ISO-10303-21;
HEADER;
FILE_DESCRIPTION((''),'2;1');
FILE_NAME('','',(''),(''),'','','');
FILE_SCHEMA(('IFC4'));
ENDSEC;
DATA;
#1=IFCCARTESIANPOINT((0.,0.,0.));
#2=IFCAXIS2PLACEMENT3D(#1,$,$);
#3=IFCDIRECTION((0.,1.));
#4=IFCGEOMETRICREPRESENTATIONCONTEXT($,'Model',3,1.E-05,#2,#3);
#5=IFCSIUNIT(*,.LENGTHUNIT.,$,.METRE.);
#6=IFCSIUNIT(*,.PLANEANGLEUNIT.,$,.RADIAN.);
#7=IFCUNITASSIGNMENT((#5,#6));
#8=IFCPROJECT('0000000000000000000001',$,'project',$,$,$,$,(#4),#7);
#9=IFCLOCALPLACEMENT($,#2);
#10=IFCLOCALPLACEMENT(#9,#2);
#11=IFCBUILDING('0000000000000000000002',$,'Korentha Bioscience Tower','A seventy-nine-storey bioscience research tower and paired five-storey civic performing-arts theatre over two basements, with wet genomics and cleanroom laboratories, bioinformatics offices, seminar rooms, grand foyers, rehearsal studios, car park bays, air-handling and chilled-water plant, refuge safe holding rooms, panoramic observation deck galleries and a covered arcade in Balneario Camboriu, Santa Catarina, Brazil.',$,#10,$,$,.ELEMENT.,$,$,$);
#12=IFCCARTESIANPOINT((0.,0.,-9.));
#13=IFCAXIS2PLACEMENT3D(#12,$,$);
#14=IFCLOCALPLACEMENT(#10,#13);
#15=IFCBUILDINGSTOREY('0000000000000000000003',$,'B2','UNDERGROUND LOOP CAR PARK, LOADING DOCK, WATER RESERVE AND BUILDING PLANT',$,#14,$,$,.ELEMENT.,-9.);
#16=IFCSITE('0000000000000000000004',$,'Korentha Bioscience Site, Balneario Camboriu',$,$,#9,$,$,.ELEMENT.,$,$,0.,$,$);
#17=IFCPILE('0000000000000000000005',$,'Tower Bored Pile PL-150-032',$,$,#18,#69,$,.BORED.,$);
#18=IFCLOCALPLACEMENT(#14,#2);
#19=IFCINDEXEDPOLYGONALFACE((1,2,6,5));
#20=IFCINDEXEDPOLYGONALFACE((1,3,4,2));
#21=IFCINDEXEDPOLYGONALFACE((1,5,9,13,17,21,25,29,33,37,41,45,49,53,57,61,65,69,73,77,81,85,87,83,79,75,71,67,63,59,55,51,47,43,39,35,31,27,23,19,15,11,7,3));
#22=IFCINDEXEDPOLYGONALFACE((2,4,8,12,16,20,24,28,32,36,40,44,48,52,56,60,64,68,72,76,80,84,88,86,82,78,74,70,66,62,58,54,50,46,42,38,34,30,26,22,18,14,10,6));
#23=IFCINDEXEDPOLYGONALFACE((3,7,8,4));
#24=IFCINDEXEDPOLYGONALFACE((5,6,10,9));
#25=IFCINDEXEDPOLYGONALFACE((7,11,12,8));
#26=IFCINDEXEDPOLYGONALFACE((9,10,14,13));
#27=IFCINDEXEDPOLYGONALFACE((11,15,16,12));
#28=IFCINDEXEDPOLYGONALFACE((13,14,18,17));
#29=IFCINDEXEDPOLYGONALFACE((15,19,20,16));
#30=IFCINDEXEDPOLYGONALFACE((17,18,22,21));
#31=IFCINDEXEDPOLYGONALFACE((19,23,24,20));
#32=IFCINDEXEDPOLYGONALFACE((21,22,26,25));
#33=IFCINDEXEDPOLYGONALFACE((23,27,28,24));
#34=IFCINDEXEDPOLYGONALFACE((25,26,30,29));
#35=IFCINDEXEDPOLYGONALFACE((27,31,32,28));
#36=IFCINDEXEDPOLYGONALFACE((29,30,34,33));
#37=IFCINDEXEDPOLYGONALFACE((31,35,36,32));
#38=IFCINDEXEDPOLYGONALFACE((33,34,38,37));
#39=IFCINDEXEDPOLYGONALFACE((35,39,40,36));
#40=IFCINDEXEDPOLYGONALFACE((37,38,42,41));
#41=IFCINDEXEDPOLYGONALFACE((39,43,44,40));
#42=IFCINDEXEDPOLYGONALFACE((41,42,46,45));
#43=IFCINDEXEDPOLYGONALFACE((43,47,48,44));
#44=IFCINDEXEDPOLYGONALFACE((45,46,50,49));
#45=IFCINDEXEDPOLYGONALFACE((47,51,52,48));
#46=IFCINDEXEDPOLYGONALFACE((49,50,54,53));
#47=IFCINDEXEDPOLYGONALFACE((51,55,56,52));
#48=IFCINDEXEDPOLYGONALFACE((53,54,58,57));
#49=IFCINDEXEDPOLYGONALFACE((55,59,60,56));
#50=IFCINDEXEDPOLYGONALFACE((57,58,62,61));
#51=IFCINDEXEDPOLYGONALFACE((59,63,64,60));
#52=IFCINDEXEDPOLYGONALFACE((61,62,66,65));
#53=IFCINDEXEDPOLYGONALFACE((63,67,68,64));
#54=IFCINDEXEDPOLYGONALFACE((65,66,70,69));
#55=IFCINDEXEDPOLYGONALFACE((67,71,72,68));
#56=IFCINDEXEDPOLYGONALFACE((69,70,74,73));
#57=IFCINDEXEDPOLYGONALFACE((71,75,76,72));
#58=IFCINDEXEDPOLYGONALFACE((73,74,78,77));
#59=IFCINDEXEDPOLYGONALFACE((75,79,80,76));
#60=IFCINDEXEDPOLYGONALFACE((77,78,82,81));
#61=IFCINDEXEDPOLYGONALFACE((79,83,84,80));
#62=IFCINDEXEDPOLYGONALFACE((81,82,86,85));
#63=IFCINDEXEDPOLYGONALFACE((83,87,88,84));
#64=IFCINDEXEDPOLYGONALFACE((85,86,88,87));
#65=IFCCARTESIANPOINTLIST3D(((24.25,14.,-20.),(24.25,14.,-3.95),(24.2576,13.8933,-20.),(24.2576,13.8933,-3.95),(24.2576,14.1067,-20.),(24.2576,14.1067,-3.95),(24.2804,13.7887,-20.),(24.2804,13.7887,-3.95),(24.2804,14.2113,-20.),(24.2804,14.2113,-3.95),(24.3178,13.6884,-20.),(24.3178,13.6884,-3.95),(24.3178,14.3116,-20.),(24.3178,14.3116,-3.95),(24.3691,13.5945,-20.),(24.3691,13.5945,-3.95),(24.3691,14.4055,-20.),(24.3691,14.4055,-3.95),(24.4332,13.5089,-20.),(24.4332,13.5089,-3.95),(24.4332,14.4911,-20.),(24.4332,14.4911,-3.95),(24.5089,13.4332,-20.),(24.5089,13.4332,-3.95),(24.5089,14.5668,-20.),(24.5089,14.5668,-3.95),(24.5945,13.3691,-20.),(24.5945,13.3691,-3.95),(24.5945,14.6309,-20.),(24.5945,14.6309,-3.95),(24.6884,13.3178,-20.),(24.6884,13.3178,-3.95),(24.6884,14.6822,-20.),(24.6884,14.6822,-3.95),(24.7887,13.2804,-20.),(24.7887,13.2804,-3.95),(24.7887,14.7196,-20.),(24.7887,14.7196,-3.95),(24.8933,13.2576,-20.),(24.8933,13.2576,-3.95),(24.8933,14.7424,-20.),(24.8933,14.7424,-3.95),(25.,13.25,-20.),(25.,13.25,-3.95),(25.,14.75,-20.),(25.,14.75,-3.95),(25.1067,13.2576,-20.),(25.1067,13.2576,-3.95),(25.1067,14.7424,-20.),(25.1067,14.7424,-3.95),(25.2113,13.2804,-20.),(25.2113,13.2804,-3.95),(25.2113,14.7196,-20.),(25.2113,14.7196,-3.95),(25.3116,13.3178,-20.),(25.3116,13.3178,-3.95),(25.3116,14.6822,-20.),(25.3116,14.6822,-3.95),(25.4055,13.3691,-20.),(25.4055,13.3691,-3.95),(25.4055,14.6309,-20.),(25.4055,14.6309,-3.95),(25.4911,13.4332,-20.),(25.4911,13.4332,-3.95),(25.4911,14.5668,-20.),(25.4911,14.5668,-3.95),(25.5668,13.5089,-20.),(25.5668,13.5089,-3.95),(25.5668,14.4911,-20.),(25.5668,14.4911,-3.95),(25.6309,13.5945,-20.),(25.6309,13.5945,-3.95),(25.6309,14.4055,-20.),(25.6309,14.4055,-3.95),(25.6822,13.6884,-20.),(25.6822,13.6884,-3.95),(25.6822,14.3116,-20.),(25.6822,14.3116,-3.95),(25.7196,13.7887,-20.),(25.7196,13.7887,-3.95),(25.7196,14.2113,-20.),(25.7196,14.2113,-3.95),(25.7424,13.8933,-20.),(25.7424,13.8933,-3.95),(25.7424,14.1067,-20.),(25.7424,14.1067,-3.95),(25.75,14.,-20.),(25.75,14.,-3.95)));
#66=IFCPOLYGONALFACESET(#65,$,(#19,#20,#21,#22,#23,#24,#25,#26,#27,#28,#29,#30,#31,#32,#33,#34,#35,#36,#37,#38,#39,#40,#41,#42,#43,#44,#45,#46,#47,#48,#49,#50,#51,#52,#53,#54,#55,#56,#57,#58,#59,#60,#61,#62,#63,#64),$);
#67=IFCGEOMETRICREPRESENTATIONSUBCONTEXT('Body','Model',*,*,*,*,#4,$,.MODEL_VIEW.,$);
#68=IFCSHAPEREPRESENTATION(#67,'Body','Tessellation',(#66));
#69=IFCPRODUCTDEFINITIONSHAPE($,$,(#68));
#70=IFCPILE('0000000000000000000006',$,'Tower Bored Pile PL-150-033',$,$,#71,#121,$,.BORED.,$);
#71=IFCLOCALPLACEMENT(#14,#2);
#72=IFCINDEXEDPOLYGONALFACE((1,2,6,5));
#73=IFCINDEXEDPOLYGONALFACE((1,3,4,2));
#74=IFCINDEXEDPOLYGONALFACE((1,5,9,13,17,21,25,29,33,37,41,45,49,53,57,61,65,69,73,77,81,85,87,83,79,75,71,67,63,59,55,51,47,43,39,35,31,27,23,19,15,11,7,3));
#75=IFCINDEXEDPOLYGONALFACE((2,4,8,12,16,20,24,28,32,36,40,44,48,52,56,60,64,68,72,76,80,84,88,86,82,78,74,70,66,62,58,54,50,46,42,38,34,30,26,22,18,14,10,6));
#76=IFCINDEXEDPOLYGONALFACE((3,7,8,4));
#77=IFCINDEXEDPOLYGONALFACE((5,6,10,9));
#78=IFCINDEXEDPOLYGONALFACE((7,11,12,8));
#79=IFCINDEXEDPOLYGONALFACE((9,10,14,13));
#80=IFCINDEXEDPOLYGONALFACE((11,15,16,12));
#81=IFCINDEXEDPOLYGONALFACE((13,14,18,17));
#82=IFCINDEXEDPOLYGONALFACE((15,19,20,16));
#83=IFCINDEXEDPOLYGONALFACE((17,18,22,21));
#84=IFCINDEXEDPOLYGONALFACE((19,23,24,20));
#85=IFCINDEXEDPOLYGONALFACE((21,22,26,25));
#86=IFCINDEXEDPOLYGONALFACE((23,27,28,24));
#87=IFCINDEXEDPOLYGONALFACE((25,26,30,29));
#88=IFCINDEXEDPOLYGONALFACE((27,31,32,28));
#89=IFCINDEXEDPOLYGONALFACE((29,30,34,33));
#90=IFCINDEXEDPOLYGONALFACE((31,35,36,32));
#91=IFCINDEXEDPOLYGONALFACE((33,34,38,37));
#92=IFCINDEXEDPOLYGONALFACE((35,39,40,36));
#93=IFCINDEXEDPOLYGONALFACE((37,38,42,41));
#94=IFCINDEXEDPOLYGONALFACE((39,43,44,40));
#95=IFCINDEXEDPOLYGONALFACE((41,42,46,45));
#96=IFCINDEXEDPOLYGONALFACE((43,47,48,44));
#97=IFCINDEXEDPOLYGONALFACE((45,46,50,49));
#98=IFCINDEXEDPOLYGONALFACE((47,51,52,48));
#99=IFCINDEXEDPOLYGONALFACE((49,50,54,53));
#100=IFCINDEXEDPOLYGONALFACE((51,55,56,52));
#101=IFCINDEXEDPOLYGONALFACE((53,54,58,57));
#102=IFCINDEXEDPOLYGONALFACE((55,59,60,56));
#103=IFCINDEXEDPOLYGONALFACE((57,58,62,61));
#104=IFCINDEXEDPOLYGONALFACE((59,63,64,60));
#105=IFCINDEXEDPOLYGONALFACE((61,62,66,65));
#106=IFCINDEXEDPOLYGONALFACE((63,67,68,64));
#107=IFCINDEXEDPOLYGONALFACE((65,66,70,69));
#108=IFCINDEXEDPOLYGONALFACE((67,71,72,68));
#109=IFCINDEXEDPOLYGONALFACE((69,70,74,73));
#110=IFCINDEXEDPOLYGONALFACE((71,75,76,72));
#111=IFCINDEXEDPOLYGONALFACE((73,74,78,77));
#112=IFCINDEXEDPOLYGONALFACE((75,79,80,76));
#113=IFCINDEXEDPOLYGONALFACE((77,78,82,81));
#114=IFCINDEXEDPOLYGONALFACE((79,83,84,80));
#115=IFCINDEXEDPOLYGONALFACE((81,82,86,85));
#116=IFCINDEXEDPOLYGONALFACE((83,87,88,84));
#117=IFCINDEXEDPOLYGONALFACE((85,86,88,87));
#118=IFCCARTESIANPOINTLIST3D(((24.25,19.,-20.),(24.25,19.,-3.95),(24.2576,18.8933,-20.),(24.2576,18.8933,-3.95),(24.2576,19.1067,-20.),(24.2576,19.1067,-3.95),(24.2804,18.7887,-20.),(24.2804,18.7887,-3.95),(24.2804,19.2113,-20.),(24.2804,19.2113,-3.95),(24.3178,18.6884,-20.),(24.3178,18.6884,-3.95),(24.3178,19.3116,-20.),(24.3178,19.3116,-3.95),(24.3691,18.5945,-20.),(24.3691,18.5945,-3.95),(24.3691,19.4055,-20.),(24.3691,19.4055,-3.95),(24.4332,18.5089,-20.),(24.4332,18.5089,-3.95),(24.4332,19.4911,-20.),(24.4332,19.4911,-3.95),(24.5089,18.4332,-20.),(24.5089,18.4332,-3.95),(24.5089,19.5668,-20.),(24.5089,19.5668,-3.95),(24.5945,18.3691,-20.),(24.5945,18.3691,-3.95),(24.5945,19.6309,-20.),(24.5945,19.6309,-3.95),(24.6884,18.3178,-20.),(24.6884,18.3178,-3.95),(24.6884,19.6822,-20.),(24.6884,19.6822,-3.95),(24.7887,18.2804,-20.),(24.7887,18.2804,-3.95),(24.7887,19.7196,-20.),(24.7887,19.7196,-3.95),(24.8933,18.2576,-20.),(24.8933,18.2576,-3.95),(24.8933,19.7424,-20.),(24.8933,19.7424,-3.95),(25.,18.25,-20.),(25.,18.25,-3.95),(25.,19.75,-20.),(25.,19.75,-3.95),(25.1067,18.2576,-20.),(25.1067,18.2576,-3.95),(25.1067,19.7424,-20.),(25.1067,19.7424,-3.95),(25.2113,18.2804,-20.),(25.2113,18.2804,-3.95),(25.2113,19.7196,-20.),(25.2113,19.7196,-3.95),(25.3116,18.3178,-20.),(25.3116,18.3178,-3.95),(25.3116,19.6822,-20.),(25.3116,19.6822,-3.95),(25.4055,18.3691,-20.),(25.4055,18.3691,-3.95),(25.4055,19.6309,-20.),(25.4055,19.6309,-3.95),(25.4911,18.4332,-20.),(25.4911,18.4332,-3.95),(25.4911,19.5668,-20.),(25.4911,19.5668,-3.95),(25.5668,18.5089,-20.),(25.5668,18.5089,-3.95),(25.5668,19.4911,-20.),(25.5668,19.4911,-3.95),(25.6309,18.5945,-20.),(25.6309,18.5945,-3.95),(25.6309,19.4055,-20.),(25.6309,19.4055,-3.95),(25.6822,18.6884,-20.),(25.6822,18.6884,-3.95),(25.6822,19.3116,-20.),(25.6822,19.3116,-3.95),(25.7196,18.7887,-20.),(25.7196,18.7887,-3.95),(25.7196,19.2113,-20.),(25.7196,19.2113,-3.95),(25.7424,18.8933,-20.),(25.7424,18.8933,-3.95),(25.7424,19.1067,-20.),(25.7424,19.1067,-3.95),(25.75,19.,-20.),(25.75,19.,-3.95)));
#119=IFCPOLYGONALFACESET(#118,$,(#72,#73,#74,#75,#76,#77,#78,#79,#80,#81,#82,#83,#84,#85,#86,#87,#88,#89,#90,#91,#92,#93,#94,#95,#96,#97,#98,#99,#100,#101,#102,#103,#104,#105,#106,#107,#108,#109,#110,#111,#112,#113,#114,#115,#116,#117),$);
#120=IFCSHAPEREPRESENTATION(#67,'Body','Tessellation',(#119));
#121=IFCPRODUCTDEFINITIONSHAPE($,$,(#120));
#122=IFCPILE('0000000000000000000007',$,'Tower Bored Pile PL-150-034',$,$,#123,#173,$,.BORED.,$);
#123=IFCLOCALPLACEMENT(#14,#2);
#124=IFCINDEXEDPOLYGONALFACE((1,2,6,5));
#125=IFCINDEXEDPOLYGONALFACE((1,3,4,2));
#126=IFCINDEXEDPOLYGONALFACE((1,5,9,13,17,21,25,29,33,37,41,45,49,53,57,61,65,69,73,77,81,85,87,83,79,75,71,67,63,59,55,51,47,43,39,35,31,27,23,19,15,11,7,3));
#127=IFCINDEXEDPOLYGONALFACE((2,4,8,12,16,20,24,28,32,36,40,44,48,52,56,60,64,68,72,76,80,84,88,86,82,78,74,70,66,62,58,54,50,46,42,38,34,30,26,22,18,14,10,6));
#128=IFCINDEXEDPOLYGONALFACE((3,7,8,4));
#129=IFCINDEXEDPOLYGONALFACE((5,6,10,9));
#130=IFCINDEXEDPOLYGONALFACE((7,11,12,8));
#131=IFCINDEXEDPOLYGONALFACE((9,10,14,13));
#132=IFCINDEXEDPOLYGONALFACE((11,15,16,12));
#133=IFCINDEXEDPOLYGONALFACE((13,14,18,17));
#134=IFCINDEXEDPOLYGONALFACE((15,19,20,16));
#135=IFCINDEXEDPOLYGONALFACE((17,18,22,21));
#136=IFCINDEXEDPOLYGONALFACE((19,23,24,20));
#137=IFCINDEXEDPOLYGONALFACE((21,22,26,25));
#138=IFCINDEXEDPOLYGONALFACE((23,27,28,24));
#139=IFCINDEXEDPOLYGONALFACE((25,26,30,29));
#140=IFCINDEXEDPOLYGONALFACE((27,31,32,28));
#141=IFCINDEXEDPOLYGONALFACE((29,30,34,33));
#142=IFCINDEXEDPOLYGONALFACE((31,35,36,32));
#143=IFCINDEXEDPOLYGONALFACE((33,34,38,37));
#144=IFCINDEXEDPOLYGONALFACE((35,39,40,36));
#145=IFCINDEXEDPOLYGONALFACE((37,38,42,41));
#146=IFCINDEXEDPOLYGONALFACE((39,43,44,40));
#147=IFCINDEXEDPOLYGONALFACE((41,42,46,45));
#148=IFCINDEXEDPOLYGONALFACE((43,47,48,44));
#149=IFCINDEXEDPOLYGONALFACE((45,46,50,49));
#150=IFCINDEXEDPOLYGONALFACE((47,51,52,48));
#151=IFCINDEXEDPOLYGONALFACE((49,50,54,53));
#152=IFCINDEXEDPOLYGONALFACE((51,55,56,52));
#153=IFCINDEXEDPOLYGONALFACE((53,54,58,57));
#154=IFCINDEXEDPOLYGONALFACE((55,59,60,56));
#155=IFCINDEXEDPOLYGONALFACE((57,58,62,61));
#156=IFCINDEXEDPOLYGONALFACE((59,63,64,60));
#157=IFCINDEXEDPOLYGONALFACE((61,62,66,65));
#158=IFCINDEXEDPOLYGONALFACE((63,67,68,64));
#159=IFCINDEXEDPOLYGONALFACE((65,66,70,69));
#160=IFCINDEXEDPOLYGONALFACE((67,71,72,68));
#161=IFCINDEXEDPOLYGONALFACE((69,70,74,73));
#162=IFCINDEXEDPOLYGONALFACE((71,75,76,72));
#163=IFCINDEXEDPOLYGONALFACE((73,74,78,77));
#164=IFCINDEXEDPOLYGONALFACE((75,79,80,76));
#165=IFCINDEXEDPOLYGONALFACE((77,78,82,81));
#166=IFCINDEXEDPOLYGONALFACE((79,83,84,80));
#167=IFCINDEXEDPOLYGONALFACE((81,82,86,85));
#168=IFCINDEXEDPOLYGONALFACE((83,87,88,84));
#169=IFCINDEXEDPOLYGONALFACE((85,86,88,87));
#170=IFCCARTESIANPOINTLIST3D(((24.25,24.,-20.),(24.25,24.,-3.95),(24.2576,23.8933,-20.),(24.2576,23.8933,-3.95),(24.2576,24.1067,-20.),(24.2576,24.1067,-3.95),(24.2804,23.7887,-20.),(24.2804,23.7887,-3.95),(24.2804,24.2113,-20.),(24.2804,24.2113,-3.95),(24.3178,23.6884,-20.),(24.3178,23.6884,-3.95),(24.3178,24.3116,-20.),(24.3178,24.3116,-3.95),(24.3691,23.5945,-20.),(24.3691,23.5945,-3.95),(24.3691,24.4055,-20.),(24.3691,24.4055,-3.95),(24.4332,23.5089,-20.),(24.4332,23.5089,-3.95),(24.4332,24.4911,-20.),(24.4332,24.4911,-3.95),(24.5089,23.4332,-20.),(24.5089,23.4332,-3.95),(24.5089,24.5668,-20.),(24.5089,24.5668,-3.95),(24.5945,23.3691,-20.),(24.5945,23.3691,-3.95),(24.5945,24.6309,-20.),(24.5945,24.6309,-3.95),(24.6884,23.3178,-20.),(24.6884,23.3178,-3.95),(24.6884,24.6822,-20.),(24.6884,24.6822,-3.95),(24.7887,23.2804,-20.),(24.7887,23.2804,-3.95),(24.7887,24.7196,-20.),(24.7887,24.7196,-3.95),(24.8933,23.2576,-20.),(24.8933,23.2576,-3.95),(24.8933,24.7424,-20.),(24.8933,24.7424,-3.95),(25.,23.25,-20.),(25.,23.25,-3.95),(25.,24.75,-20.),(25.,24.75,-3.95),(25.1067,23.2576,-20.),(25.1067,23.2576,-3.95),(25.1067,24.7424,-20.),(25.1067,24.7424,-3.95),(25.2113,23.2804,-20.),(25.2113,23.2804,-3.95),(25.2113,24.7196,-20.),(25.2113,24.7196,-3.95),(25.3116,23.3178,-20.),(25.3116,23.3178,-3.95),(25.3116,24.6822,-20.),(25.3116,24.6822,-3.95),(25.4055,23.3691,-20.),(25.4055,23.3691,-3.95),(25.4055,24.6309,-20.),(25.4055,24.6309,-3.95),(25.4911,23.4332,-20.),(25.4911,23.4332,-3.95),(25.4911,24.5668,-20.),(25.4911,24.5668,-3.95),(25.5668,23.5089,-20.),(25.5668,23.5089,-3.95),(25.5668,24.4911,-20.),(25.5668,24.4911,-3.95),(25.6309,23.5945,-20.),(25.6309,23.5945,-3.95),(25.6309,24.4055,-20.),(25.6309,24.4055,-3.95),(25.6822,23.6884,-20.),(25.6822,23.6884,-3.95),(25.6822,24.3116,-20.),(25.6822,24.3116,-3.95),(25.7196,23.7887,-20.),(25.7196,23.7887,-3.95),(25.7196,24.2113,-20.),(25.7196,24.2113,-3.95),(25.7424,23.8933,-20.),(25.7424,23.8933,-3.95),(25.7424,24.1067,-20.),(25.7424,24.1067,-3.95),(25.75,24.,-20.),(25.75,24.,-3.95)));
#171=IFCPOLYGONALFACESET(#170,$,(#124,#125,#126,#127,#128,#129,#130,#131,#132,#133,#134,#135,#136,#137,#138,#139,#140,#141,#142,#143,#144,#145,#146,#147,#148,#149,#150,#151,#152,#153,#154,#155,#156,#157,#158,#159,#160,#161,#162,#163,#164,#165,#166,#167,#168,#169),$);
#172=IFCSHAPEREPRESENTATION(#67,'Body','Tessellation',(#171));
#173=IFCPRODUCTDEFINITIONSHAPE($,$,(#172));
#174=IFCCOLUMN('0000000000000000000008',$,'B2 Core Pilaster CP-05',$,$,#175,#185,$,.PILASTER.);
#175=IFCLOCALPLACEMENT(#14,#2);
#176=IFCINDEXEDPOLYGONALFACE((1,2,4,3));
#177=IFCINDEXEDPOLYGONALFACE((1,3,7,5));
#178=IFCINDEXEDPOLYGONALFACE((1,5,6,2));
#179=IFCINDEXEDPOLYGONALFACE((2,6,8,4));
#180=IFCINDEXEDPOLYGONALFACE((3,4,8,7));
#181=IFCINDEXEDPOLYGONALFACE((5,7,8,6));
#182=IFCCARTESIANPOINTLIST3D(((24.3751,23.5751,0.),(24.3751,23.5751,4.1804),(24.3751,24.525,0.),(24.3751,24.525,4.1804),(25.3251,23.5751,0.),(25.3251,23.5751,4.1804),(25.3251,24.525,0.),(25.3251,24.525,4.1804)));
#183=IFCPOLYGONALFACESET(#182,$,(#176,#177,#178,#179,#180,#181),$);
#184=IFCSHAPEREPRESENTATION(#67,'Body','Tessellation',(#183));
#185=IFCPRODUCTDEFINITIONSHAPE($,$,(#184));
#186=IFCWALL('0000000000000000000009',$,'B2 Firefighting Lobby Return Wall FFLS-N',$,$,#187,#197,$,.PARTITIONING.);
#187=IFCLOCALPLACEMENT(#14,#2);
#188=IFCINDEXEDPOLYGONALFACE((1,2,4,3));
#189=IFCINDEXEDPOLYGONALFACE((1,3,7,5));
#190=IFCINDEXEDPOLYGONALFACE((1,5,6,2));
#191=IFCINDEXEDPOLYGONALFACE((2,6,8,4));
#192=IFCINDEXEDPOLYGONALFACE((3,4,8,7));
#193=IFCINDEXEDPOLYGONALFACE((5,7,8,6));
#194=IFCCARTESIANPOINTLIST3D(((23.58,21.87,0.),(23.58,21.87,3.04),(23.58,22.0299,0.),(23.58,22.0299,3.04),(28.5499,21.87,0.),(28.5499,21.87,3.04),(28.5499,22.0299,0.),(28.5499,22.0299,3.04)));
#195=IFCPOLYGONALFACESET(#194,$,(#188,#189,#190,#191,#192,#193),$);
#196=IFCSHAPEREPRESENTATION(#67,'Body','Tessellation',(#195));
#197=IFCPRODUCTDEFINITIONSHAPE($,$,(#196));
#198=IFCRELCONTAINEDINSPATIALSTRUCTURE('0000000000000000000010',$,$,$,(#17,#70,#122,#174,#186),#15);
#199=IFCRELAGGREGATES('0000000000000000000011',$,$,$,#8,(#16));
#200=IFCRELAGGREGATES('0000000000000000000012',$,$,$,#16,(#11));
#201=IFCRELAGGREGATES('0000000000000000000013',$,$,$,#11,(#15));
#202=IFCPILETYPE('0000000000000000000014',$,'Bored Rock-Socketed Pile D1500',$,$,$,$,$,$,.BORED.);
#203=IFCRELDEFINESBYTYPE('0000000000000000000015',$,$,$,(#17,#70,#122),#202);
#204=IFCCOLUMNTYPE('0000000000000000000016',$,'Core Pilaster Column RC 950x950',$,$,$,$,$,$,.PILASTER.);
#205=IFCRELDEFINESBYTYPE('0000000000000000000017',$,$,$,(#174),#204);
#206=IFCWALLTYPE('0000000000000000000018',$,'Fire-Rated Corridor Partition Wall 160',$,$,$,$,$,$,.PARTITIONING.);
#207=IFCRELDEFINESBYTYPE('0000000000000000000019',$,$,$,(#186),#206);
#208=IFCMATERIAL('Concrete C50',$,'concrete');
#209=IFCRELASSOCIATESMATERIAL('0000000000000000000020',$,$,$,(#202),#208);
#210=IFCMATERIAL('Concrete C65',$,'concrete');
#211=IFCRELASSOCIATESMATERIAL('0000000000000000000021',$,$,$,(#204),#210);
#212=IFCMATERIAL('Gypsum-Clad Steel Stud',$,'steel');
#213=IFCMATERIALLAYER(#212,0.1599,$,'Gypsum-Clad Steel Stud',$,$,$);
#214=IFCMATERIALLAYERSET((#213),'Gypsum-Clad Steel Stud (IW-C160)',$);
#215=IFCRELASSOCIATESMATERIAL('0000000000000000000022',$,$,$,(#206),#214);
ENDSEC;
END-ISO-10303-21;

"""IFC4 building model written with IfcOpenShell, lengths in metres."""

from ifc_helpers import new_model, si_unit, direction, frame, frame_2d, origin, origin_2d, place, context, subcontext, project, spatial, rectangle, circle, extrude, material, layer, layer_set, material_profile, profile_set, type_object, element, save


model = new_model("IFC4")

# Units and contexts
model_context = context("Model", 3, precision=1e-05, world=origin(), true_north=direction((0.0, 1.0)))
body_context = subcontext(model_context, "Body", "Model", "MODEL_VIEW")
ifc_project = project(units=[si_unit("LENGTHUNIT", "METRE"), si_unit("PLANEANGLEUNIT", "RADIAN")], contexts=[model_context])

# Site, building, storey
site_placement = place(None, origin())
site = spatial("IfcSite", under=ifc_project, at=site_placement, Name="Korentha Bioscience Site, Balneario Camboriu", CompositionType="ELEMENT", RefElevation=0.0)
building_placement = place(site_placement, origin())
building = spatial("IfcBuilding", under=site, at=building_placement, Name="Korentha Bioscience Tower", Description="A seventy-nine-storey bioscience research tower and paired five-storey civic performing-arts theatre over two basements, with wet genomics and cleanroom laboratories, bioinformatics offices, seminar rooms, grand foyers, rehearsal studios, car park bays, air-handling and chilled-water plant, refuge safe holding rooms, panoramic observation deck galleries and a covered arcade in Balneario Camboriu, Santa Catarina, Brazil.", CompositionType="ELEMENT")
storey_placement = place(building_placement, frame((0.0, 0.0, -9.0)))
storey = spatial("IfcBuildingStorey", under=building, at=storey_placement, Name="B2", Description="UNDERGROUND LOOP CAR PARK, LOADING DOCK, WATER RESERVE AND BUILDING PLANT", CompositionType="ELEMENT", Elevation=-9.0)

# Piles
ifc_material_1 = material(Name="Concrete C50", Category="concrete")
ifc_material_profile_1 = material_profile(ifc_material_1, circle(Radius=0.75, at=origin_2d()), Name="Concrete C50")
ifc_profile_set_1 = profile_set([ifc_material_profile_1], Name="Concrete C50 (PL-150)")
pile_type = type_object("IfcPileType", Name="Bored Rock-Socketed Pile D1500", PredefinedType="BORED", material=ifc_profile_set_1)
for number, where, z_axis, x_axis, name in (
    (1, (25.0, 14.0, -3.95), (0.0, 0.0, -1.0), (1.0, 0.0, 0.0), "Tower Bored Pile PL-150-032"),
    (2, (25.0, 19.0, -3.95), (0.0, 0.0, -1.0), (1.0, 0.0, 0.0), "Tower Bored Pile PL-150-033"),
    (3, (25.0, 24.0, -3.95), (0.0, 0.0, -1.0), (1.0, 0.0, 0.0), "Tower Bored Pile PL-150-034"),
):
    element("IfcPile", number, at=place(storey_placement, frame(where, z_axis=z_axis, x_axis=x_axis)), inside=storey, type_object=pile_type, Name=name, PredefinedType="BORED", context=body_context, shape_type="SweptSolid", body=[
        extrude(circle(Radius=0.75, at=origin_2d()), origin(), (0.0, 0.0, 1.0), 16.05),
    ])

# Column
ifc_material_2 = material(Name="Concrete C65", Category="concrete")
ifc_material_profile_2 = material_profile(ifc_material_2, rectangle(XDim=0.95, YDim=0.95, at=origin_2d()), Name="Concrete C65")
ifc_profile_set_2 = profile_set([ifc_material_profile_2], Name="Concrete C65 (COL-CP09)")
column_type = type_object("IfcColumnType", Name="Core Pilaster Column RC 950x950", PredefinedType="PILASTER", material=ifc_profile_set_2)
column_placement = place(storey_placement, frame((24.8501, 24.05, 0.0), z_axis=(0.0, 0.0, 1.0), x_axis=(1.0, 0.0, 0.0)))
element("IfcColumn", 4, at=column_placement, inside=storey, type_object=column_type, Name="B2 Core Pilaster CP-05", PredefinedType="PILASTER", context=body_context, shape_type="SweptSolid", body=[
    extrude(rectangle(XDim=0.95, YDim=0.95, at=origin_2d()), origin(), (0.0, 0.0, 1.0), 4.1804),
])

# Shared definitions
ifc_material_3 = material(Name="Gypsum-Clad Steel Stud", Category="steel")
ifc_layer_1 = layer(ifc_material_3, 0.1599, Name="Gypsum-Clad Steel Stud")
ifc_layer_set_1 = layer_set([ifc_layer_1], Name="Gypsum-Clad Steel Stud (IW-C160)")
wall_type_1 = type_object("IfcWallType", Name="Fire-Rated Corridor Partition Wall 160", PredefinedType="PARTITIONING", material=ifc_layer_set_1)

# Wall
wall_1_placement = place(storey_placement, frame((23.5801, 21.95, 0.0), z_axis=(0.0, 0.0, 1.0), x_axis=(1.0, 0.0, 0.0)))
element("IfcWall", 5, at=wall_1_placement, inside=storey, type_object=wall_type_1, Name="B2 Firefighting Lobby Return Wall FFLS-N", PredefinedType="PARTITIONING", context=body_context, shape_type="SweptSolid", body=[
    extrude(rectangle(XDim=4.97, YDim=0.1599, at=frame_2d((2.4849, 0.0))), origin(), (0.0, 0.0, 1.0), 3.04),
])

save(model, "model.ifc")
